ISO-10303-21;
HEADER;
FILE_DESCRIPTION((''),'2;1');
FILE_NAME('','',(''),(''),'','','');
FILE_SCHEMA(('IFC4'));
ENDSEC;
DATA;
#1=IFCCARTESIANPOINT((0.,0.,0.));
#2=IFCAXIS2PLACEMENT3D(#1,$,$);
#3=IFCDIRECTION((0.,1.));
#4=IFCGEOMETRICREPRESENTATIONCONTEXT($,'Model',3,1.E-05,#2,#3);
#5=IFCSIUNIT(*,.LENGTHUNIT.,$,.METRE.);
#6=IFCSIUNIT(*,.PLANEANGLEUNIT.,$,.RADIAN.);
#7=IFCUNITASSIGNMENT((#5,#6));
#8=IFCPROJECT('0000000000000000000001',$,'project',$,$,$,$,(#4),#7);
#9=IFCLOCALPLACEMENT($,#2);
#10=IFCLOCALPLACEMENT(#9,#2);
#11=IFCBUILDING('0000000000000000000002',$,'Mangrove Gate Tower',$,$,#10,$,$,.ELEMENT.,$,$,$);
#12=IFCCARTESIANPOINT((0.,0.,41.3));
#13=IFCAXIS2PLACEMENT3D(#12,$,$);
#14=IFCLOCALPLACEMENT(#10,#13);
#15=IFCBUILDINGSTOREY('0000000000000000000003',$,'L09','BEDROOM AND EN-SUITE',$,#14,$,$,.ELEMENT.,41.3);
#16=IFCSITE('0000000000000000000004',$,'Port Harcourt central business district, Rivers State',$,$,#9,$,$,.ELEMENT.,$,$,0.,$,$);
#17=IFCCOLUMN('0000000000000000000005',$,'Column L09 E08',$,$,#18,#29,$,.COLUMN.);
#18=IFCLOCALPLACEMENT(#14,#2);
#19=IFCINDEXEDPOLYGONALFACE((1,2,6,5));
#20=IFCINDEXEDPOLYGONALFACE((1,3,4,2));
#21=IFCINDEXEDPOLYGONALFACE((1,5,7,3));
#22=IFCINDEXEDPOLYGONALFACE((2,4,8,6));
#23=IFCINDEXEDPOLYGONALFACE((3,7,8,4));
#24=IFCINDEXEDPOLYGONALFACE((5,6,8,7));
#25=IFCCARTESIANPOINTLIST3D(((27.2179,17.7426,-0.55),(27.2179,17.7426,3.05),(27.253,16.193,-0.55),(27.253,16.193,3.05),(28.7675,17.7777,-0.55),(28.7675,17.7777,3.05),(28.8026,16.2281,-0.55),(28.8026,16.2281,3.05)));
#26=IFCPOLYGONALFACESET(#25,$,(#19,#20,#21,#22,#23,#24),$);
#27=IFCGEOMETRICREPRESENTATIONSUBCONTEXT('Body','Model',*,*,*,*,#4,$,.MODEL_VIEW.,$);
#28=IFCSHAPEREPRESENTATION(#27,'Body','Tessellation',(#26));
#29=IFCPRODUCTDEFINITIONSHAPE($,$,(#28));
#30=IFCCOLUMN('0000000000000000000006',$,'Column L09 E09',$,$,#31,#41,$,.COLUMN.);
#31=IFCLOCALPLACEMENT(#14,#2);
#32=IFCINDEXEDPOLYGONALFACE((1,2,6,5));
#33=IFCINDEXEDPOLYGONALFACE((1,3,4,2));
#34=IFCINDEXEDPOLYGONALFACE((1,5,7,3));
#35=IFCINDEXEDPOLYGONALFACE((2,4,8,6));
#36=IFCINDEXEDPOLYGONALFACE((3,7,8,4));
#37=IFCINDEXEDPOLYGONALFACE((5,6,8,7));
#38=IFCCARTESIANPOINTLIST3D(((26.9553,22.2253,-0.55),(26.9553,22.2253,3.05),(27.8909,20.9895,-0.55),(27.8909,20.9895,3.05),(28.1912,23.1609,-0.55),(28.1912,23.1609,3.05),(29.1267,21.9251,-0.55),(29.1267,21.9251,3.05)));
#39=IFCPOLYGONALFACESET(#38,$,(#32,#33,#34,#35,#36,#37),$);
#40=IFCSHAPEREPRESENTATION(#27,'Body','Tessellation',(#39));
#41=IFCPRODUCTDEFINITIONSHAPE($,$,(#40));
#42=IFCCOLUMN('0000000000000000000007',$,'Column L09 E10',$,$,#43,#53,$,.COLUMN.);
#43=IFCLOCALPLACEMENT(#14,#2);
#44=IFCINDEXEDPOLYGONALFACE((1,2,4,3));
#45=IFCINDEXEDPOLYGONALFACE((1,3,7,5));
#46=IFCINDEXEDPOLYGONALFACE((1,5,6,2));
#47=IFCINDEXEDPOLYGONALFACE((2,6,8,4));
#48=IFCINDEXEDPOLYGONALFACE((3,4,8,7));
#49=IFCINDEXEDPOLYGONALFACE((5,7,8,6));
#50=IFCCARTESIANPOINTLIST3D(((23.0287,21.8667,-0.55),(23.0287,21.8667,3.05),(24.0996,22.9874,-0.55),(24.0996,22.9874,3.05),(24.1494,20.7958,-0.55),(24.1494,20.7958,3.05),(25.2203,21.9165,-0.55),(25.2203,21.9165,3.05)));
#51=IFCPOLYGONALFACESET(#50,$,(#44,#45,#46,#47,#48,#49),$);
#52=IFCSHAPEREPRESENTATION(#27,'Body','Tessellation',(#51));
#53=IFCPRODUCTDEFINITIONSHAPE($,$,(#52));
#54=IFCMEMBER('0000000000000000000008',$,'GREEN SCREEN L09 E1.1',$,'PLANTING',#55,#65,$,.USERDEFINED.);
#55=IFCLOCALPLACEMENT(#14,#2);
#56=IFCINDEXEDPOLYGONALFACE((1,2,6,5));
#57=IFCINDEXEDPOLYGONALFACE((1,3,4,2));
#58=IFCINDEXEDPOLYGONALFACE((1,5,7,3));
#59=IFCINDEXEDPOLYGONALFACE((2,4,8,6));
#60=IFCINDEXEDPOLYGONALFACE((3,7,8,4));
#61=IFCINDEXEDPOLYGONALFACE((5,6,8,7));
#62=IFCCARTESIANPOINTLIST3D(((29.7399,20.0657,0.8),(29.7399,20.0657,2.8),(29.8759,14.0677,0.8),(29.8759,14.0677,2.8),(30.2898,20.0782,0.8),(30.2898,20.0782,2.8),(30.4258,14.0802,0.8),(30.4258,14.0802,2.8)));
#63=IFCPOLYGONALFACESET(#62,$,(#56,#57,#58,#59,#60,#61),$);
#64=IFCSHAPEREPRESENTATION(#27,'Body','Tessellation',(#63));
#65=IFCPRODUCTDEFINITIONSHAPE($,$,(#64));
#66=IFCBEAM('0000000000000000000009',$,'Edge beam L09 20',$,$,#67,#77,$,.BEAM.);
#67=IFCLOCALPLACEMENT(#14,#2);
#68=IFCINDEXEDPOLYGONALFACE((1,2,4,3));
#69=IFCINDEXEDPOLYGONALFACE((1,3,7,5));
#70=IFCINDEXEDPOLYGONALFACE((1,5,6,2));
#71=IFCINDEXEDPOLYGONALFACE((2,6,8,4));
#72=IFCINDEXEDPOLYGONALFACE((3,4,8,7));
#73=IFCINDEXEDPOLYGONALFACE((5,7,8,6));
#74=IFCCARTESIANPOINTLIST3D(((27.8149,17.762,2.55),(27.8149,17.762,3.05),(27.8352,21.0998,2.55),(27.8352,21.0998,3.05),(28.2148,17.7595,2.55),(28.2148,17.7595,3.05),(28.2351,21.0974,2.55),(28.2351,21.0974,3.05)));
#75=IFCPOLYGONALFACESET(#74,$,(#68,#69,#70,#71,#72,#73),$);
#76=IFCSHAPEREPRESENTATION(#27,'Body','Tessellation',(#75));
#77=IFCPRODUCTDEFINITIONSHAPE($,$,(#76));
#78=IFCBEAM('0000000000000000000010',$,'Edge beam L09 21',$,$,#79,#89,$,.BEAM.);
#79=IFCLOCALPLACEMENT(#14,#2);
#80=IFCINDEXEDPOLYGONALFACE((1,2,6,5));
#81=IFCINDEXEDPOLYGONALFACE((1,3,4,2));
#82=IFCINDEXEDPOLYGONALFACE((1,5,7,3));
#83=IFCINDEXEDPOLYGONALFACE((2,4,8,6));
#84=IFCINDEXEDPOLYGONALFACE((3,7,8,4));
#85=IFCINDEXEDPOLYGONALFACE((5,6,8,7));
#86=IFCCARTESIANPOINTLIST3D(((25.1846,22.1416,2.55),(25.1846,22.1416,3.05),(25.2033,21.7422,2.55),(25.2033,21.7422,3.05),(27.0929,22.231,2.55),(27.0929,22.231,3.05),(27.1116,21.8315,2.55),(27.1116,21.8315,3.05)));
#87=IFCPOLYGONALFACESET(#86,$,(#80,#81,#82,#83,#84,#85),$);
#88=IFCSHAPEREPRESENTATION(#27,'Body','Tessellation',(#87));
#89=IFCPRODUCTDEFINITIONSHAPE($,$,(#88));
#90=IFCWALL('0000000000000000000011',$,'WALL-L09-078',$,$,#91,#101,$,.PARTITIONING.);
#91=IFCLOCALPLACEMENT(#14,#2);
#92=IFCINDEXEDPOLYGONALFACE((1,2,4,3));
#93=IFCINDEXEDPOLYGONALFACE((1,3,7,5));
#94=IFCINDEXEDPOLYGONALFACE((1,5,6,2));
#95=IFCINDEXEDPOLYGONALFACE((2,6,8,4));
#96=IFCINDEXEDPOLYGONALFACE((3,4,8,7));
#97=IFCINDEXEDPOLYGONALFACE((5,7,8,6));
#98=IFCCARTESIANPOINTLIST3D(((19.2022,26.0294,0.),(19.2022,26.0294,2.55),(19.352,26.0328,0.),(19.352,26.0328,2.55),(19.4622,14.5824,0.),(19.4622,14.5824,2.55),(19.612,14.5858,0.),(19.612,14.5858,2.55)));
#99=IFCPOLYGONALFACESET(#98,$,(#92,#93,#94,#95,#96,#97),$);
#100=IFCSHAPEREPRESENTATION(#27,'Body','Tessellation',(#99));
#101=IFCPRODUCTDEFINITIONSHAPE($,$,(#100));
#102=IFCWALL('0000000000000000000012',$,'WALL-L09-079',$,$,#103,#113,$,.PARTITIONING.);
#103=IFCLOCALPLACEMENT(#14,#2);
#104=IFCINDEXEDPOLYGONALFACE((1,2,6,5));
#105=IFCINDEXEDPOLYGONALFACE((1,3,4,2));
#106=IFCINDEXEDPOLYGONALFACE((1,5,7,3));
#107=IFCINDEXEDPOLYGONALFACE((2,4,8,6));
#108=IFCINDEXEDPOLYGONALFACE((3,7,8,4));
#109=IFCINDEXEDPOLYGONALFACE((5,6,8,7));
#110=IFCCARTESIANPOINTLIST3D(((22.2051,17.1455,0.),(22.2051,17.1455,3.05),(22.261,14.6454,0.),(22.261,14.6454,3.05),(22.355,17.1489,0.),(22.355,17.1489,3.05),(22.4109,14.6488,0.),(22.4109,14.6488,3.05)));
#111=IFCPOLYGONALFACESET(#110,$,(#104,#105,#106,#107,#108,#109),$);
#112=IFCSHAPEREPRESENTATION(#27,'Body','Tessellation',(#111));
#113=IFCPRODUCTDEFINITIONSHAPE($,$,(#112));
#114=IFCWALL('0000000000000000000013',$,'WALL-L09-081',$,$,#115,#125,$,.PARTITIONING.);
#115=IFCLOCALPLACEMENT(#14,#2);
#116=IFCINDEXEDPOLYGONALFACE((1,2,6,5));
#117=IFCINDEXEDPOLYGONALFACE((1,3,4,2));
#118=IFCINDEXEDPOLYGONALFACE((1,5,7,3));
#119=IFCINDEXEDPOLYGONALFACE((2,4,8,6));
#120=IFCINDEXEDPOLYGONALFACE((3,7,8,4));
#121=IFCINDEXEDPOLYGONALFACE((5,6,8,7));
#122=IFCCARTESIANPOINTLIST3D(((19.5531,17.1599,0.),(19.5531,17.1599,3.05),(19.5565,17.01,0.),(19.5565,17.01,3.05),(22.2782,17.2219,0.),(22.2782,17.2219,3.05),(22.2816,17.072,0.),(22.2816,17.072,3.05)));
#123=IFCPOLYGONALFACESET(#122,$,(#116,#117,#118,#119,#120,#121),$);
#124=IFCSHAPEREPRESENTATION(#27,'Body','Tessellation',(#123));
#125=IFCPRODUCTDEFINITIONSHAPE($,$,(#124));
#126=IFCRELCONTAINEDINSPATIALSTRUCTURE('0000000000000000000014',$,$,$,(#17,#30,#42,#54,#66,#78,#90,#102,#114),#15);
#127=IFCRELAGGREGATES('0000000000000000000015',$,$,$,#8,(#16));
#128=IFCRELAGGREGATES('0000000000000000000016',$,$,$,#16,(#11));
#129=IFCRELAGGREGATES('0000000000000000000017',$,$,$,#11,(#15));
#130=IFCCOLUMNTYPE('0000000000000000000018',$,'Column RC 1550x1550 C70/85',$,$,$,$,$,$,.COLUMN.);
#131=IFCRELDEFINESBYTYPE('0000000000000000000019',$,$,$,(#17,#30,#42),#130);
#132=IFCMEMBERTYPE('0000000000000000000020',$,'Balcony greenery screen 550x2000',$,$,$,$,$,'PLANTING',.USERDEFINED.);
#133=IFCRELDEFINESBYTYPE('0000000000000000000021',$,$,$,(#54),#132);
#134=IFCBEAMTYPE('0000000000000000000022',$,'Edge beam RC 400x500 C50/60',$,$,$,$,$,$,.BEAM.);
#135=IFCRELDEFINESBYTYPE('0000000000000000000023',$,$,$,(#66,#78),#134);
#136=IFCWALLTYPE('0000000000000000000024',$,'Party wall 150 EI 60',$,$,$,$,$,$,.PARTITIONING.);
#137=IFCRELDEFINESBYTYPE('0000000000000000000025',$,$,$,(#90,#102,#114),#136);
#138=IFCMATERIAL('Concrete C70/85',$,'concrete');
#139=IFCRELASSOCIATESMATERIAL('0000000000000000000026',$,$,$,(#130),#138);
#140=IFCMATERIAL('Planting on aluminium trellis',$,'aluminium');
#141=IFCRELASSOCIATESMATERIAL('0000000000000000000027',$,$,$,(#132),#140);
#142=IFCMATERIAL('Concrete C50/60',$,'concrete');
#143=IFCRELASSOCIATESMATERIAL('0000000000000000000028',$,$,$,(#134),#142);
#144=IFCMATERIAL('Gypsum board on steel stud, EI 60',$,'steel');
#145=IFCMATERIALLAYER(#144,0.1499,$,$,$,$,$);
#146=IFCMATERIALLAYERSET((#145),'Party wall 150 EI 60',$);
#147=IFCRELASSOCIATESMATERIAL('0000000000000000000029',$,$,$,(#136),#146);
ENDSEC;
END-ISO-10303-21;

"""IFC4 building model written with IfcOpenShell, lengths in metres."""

from ifc_helpers import new_model, si_unit, direction, frame, frame_2d, origin, origin_2d, place, context, subcontext, project, spatial, rectangle, extrude, material, layer, layer_set, material_profile, profile_set, type_object, element, save


model = new_model("IFC4")

# Units and contexts
model_context = context("Model", 3, precision=1e-05, world=origin(), true_north=direction((0.0, 1.0)))
body_context = subcontext(model_context, "Body", "Model", "MODEL_VIEW")
ifc_project = project(units=[si_unit("LENGTHUNIT", "METRE"), si_unit("PLANEANGLEUNIT", "RADIAN")], contexts=[model_context])

# Site, building, storey
site_placement = place(None, origin())
site = spatial("IfcSite", under=ifc_project, at=site_placement, Name="Port Harcourt central business district, Rivers State", CompositionType="ELEMENT", RefElevation=0.0)
building_placement = place(site_placement, origin())
building = spatial("IfcBuilding", under=site, at=building_placement, Name="Mangrove Gate Tower", CompositionType="ELEMENT")
storey_placement = place(building_placement, frame((0.0, 0.0, 41.3)))
storey = spatial("IfcBuildingStorey", under=building, at=storey_placement, Name="L09", Description="BEDROOM AND EN-SUITE", CompositionType="ELEMENT", Elevation=41.3)

# Columns
ifc_material_1 = material(Name="Concrete C70/85", Category="concrete")
ifc_material_profile_1 = material_profile(ifc_material_1, rectangle(XDim=1.55, YDim=1.55, at=origin_2d()))
ifc_profile_set_1 = profile_set([ifc_material_profile_1], Name="Concrete C70/85")
column_type = type_object("IfcColumnType", Name="Column RC 1550x1550 C70/85", PredefinedType="COLUMN", material=ifc_profile_set_1)
for number, where, z_axis, x_axis, name in (
    (1, (28.0103, 16.9854, -0.55), (0.0, 0.0, 1.0), (-0.022646, 0.999744, 0.0), "Column L09 E08"),
    (2, (28.041, 22.0752, -0.55), (0.0, 0.0, 1.0), (-0.603576, 0.797306, 0.0), "Column L09 E09"),
    (3, (24.1245, 21.8916, -0.55), (0.0, 0.0, 1.0), (-0.72301, 0.690837, 0.0), "Column L09 E10"),
):
    element("IfcColumn", number, at=place(storey_placement, frame(where, z_axis=z_axis, x_axis=x_axis)), inside=storey, type_object=column_type, Name=name, PredefinedType="COLUMN", context=body_context, shape_type="SweptSolid", body=[
        extrude(rectangle(XDim=1.55, YDim=1.55, at=origin_2d()), origin(), (0.0, 0.0, 1.0), 3.6001),
    ])

# Member
ifc_material_2 = material(Name="Planting on aluminium trellis", Category="aluminium")
ifc_material_profile_2 = material_profile(ifc_material_2, rectangle(XDim=0.55, YDim=2.0, at=origin_2d()))
ifc_profile_set_2 = profile_set([ifc_material_profile_2], Name="Planting on aluminium trellis")
member_type = type_object("IfcMemberType", Name="Balcony greenery screen 550x2000", ElementType="PLANTING", PredefinedType="USERDEFINED", material=ifc_profile_set_2)
member_placement = place(storey_placement, frame((30.1509, 14.074, 1.8), z_axis=(-0.022666, 0.999743, 0.0), x_axis=(-0.999743, -0.022666, 0.0)))
element("IfcMember", 4, at=member_placement, inside=storey, type_object=member_type, Name="GREEN SCREEN L09 E1.1", ObjectType="PLANTING", PredefinedType="USERDEFINED", context=body_context, shape_type="SweptSolid", body=[
    extrude(rectangle(XDim=0.55, YDim=2.0, at=origin_2d()), origin(), (0.0, 0.0, 1.0), 5.9995),
])

# Beams
ifc_material_3 = material(Name="Concrete C50/60", Category="concrete")
ifc_material_profile_3 = material_profile(ifc_material_3, rectangle(XDim=0.3999, YDim=0.5, at=origin_2d()))
ifc_profile_set_3 = profile_set([ifc_material_profile_3], Name="Concrete C50/60")
beam_type = type_object("IfcBeamType", Name="Edge beam RC 400x500 C50/60", PredefinedType="BEAM", material=ifc_profile_set_3)
beam_1_placement = place(storey_placement, frame((28.0149, 17.7607, 2.8), z_axis=(0.006071, 0.999982, 0.0), x_axis=(-0.999982, 0.006071, 0.0)))
element("IfcBeam", 5, at=beam_1_placement, inside=storey, type_object=beam_type, Name="Edge beam L09 20", PredefinedType="BEAM", context=body_context, shape_type="SweptSolid", body=[
    extrude(rectangle(XDim=0.3999, YDim=0.5, at=origin_2d()), origin(), (0.0, 0.0, 1.0), 3.3379),
])
beam_2_placement = place(storey_placement, frame((27.1023, 22.0312, 2.8), z_axis=(-0.998905, -0.046776, 0.0), x_axis=(0.046776, -0.998905, 0.0)))
element("IfcBeam", 6, at=beam_2_placement, inside=storey, type_object=beam_type, Name="Edge beam L09 21", PredefinedType="BEAM", context=body_context, shape_type="SweptSolid", body=[
    extrude(rectangle(XDim=0.3999, YDim=0.5, at=origin_2d()), origin(), (0.0, 0.0, 1.0), 1.9104),
])

# Walls
ifc_material_4 = material(Name="Gypsum board on steel stud, EI 60", Category="steel")
ifc_layer = layer(ifc_material_4, 0.1499)
ifc_layer_set = layer_set([ifc_layer], Name="Party wall 150 EI 60")
wall_type = type_object("IfcWallType", Name="Party wall 150 EI 60", PredefinedType="PARTITIONING", material=ifc_layer_set)
wall_1_placement = place(storey_placement, frame((19.5371, 14.584, 0.0), z_axis=(0.0, 0.0, 1.0), x_axis=(-0.022708, 0.999742, 0.0)))
element("IfcWall", 7, at=wall_1_placement, inside=storey, type_object=wall_type, Name="WALL-L09-078", PredefinedType="PARTITIONING", context=body_context, shape_type="SweptSolid", body=[
    extrude(rectangle(XDim=11.45, YDim=0.1499, at=frame_2d((5.7251, 0.0))), origin(), (0.0, 0.0, 1.0), 2.55),
])
wall_2_placement = place(storey_placement, frame((22.3359, 14.647, 0.0), z_axis=(0.0, 0.0, 1.0), x_axis=(-0.022358, 0.99975, 0.0)))
element("IfcWall", 8, at=wall_2_placement, inside=storey, type_object=wall_type, Name="WALL-L09-079", PredefinedType="PARTITIONING", context=body_context, shape_type="SweptSolid", body=[
    extrude(rectangle(XDim=2.5007, YDim=0.1499, at=frame_2d((1.2505, 0.0))), origin(), (0.0, 0.0, 1.0), 3.05),
])
wall_3_placement = place(storey_placement, frame((19.5549, 17.085, 0.0), z_axis=(0.0, 0.0, 1.0), x_axis=(0.999741, 0.02275, 0.0)))
element("IfcWall", 9, at=wall_3_placement, inside=storey, type_object=wall_type, Name="WALL-L09-081", PredefinedType="PARTITIONING", context=body_context, shape_type="SweptSolid", body=[
    extrude(rectangle(XDim=2.7258, YDim=0.1499, at=frame_2d((1.3628, 0.0))), origin(), (0.0, 0.0, 1.0), 3.05),
])

save(model, "model.ifc")
